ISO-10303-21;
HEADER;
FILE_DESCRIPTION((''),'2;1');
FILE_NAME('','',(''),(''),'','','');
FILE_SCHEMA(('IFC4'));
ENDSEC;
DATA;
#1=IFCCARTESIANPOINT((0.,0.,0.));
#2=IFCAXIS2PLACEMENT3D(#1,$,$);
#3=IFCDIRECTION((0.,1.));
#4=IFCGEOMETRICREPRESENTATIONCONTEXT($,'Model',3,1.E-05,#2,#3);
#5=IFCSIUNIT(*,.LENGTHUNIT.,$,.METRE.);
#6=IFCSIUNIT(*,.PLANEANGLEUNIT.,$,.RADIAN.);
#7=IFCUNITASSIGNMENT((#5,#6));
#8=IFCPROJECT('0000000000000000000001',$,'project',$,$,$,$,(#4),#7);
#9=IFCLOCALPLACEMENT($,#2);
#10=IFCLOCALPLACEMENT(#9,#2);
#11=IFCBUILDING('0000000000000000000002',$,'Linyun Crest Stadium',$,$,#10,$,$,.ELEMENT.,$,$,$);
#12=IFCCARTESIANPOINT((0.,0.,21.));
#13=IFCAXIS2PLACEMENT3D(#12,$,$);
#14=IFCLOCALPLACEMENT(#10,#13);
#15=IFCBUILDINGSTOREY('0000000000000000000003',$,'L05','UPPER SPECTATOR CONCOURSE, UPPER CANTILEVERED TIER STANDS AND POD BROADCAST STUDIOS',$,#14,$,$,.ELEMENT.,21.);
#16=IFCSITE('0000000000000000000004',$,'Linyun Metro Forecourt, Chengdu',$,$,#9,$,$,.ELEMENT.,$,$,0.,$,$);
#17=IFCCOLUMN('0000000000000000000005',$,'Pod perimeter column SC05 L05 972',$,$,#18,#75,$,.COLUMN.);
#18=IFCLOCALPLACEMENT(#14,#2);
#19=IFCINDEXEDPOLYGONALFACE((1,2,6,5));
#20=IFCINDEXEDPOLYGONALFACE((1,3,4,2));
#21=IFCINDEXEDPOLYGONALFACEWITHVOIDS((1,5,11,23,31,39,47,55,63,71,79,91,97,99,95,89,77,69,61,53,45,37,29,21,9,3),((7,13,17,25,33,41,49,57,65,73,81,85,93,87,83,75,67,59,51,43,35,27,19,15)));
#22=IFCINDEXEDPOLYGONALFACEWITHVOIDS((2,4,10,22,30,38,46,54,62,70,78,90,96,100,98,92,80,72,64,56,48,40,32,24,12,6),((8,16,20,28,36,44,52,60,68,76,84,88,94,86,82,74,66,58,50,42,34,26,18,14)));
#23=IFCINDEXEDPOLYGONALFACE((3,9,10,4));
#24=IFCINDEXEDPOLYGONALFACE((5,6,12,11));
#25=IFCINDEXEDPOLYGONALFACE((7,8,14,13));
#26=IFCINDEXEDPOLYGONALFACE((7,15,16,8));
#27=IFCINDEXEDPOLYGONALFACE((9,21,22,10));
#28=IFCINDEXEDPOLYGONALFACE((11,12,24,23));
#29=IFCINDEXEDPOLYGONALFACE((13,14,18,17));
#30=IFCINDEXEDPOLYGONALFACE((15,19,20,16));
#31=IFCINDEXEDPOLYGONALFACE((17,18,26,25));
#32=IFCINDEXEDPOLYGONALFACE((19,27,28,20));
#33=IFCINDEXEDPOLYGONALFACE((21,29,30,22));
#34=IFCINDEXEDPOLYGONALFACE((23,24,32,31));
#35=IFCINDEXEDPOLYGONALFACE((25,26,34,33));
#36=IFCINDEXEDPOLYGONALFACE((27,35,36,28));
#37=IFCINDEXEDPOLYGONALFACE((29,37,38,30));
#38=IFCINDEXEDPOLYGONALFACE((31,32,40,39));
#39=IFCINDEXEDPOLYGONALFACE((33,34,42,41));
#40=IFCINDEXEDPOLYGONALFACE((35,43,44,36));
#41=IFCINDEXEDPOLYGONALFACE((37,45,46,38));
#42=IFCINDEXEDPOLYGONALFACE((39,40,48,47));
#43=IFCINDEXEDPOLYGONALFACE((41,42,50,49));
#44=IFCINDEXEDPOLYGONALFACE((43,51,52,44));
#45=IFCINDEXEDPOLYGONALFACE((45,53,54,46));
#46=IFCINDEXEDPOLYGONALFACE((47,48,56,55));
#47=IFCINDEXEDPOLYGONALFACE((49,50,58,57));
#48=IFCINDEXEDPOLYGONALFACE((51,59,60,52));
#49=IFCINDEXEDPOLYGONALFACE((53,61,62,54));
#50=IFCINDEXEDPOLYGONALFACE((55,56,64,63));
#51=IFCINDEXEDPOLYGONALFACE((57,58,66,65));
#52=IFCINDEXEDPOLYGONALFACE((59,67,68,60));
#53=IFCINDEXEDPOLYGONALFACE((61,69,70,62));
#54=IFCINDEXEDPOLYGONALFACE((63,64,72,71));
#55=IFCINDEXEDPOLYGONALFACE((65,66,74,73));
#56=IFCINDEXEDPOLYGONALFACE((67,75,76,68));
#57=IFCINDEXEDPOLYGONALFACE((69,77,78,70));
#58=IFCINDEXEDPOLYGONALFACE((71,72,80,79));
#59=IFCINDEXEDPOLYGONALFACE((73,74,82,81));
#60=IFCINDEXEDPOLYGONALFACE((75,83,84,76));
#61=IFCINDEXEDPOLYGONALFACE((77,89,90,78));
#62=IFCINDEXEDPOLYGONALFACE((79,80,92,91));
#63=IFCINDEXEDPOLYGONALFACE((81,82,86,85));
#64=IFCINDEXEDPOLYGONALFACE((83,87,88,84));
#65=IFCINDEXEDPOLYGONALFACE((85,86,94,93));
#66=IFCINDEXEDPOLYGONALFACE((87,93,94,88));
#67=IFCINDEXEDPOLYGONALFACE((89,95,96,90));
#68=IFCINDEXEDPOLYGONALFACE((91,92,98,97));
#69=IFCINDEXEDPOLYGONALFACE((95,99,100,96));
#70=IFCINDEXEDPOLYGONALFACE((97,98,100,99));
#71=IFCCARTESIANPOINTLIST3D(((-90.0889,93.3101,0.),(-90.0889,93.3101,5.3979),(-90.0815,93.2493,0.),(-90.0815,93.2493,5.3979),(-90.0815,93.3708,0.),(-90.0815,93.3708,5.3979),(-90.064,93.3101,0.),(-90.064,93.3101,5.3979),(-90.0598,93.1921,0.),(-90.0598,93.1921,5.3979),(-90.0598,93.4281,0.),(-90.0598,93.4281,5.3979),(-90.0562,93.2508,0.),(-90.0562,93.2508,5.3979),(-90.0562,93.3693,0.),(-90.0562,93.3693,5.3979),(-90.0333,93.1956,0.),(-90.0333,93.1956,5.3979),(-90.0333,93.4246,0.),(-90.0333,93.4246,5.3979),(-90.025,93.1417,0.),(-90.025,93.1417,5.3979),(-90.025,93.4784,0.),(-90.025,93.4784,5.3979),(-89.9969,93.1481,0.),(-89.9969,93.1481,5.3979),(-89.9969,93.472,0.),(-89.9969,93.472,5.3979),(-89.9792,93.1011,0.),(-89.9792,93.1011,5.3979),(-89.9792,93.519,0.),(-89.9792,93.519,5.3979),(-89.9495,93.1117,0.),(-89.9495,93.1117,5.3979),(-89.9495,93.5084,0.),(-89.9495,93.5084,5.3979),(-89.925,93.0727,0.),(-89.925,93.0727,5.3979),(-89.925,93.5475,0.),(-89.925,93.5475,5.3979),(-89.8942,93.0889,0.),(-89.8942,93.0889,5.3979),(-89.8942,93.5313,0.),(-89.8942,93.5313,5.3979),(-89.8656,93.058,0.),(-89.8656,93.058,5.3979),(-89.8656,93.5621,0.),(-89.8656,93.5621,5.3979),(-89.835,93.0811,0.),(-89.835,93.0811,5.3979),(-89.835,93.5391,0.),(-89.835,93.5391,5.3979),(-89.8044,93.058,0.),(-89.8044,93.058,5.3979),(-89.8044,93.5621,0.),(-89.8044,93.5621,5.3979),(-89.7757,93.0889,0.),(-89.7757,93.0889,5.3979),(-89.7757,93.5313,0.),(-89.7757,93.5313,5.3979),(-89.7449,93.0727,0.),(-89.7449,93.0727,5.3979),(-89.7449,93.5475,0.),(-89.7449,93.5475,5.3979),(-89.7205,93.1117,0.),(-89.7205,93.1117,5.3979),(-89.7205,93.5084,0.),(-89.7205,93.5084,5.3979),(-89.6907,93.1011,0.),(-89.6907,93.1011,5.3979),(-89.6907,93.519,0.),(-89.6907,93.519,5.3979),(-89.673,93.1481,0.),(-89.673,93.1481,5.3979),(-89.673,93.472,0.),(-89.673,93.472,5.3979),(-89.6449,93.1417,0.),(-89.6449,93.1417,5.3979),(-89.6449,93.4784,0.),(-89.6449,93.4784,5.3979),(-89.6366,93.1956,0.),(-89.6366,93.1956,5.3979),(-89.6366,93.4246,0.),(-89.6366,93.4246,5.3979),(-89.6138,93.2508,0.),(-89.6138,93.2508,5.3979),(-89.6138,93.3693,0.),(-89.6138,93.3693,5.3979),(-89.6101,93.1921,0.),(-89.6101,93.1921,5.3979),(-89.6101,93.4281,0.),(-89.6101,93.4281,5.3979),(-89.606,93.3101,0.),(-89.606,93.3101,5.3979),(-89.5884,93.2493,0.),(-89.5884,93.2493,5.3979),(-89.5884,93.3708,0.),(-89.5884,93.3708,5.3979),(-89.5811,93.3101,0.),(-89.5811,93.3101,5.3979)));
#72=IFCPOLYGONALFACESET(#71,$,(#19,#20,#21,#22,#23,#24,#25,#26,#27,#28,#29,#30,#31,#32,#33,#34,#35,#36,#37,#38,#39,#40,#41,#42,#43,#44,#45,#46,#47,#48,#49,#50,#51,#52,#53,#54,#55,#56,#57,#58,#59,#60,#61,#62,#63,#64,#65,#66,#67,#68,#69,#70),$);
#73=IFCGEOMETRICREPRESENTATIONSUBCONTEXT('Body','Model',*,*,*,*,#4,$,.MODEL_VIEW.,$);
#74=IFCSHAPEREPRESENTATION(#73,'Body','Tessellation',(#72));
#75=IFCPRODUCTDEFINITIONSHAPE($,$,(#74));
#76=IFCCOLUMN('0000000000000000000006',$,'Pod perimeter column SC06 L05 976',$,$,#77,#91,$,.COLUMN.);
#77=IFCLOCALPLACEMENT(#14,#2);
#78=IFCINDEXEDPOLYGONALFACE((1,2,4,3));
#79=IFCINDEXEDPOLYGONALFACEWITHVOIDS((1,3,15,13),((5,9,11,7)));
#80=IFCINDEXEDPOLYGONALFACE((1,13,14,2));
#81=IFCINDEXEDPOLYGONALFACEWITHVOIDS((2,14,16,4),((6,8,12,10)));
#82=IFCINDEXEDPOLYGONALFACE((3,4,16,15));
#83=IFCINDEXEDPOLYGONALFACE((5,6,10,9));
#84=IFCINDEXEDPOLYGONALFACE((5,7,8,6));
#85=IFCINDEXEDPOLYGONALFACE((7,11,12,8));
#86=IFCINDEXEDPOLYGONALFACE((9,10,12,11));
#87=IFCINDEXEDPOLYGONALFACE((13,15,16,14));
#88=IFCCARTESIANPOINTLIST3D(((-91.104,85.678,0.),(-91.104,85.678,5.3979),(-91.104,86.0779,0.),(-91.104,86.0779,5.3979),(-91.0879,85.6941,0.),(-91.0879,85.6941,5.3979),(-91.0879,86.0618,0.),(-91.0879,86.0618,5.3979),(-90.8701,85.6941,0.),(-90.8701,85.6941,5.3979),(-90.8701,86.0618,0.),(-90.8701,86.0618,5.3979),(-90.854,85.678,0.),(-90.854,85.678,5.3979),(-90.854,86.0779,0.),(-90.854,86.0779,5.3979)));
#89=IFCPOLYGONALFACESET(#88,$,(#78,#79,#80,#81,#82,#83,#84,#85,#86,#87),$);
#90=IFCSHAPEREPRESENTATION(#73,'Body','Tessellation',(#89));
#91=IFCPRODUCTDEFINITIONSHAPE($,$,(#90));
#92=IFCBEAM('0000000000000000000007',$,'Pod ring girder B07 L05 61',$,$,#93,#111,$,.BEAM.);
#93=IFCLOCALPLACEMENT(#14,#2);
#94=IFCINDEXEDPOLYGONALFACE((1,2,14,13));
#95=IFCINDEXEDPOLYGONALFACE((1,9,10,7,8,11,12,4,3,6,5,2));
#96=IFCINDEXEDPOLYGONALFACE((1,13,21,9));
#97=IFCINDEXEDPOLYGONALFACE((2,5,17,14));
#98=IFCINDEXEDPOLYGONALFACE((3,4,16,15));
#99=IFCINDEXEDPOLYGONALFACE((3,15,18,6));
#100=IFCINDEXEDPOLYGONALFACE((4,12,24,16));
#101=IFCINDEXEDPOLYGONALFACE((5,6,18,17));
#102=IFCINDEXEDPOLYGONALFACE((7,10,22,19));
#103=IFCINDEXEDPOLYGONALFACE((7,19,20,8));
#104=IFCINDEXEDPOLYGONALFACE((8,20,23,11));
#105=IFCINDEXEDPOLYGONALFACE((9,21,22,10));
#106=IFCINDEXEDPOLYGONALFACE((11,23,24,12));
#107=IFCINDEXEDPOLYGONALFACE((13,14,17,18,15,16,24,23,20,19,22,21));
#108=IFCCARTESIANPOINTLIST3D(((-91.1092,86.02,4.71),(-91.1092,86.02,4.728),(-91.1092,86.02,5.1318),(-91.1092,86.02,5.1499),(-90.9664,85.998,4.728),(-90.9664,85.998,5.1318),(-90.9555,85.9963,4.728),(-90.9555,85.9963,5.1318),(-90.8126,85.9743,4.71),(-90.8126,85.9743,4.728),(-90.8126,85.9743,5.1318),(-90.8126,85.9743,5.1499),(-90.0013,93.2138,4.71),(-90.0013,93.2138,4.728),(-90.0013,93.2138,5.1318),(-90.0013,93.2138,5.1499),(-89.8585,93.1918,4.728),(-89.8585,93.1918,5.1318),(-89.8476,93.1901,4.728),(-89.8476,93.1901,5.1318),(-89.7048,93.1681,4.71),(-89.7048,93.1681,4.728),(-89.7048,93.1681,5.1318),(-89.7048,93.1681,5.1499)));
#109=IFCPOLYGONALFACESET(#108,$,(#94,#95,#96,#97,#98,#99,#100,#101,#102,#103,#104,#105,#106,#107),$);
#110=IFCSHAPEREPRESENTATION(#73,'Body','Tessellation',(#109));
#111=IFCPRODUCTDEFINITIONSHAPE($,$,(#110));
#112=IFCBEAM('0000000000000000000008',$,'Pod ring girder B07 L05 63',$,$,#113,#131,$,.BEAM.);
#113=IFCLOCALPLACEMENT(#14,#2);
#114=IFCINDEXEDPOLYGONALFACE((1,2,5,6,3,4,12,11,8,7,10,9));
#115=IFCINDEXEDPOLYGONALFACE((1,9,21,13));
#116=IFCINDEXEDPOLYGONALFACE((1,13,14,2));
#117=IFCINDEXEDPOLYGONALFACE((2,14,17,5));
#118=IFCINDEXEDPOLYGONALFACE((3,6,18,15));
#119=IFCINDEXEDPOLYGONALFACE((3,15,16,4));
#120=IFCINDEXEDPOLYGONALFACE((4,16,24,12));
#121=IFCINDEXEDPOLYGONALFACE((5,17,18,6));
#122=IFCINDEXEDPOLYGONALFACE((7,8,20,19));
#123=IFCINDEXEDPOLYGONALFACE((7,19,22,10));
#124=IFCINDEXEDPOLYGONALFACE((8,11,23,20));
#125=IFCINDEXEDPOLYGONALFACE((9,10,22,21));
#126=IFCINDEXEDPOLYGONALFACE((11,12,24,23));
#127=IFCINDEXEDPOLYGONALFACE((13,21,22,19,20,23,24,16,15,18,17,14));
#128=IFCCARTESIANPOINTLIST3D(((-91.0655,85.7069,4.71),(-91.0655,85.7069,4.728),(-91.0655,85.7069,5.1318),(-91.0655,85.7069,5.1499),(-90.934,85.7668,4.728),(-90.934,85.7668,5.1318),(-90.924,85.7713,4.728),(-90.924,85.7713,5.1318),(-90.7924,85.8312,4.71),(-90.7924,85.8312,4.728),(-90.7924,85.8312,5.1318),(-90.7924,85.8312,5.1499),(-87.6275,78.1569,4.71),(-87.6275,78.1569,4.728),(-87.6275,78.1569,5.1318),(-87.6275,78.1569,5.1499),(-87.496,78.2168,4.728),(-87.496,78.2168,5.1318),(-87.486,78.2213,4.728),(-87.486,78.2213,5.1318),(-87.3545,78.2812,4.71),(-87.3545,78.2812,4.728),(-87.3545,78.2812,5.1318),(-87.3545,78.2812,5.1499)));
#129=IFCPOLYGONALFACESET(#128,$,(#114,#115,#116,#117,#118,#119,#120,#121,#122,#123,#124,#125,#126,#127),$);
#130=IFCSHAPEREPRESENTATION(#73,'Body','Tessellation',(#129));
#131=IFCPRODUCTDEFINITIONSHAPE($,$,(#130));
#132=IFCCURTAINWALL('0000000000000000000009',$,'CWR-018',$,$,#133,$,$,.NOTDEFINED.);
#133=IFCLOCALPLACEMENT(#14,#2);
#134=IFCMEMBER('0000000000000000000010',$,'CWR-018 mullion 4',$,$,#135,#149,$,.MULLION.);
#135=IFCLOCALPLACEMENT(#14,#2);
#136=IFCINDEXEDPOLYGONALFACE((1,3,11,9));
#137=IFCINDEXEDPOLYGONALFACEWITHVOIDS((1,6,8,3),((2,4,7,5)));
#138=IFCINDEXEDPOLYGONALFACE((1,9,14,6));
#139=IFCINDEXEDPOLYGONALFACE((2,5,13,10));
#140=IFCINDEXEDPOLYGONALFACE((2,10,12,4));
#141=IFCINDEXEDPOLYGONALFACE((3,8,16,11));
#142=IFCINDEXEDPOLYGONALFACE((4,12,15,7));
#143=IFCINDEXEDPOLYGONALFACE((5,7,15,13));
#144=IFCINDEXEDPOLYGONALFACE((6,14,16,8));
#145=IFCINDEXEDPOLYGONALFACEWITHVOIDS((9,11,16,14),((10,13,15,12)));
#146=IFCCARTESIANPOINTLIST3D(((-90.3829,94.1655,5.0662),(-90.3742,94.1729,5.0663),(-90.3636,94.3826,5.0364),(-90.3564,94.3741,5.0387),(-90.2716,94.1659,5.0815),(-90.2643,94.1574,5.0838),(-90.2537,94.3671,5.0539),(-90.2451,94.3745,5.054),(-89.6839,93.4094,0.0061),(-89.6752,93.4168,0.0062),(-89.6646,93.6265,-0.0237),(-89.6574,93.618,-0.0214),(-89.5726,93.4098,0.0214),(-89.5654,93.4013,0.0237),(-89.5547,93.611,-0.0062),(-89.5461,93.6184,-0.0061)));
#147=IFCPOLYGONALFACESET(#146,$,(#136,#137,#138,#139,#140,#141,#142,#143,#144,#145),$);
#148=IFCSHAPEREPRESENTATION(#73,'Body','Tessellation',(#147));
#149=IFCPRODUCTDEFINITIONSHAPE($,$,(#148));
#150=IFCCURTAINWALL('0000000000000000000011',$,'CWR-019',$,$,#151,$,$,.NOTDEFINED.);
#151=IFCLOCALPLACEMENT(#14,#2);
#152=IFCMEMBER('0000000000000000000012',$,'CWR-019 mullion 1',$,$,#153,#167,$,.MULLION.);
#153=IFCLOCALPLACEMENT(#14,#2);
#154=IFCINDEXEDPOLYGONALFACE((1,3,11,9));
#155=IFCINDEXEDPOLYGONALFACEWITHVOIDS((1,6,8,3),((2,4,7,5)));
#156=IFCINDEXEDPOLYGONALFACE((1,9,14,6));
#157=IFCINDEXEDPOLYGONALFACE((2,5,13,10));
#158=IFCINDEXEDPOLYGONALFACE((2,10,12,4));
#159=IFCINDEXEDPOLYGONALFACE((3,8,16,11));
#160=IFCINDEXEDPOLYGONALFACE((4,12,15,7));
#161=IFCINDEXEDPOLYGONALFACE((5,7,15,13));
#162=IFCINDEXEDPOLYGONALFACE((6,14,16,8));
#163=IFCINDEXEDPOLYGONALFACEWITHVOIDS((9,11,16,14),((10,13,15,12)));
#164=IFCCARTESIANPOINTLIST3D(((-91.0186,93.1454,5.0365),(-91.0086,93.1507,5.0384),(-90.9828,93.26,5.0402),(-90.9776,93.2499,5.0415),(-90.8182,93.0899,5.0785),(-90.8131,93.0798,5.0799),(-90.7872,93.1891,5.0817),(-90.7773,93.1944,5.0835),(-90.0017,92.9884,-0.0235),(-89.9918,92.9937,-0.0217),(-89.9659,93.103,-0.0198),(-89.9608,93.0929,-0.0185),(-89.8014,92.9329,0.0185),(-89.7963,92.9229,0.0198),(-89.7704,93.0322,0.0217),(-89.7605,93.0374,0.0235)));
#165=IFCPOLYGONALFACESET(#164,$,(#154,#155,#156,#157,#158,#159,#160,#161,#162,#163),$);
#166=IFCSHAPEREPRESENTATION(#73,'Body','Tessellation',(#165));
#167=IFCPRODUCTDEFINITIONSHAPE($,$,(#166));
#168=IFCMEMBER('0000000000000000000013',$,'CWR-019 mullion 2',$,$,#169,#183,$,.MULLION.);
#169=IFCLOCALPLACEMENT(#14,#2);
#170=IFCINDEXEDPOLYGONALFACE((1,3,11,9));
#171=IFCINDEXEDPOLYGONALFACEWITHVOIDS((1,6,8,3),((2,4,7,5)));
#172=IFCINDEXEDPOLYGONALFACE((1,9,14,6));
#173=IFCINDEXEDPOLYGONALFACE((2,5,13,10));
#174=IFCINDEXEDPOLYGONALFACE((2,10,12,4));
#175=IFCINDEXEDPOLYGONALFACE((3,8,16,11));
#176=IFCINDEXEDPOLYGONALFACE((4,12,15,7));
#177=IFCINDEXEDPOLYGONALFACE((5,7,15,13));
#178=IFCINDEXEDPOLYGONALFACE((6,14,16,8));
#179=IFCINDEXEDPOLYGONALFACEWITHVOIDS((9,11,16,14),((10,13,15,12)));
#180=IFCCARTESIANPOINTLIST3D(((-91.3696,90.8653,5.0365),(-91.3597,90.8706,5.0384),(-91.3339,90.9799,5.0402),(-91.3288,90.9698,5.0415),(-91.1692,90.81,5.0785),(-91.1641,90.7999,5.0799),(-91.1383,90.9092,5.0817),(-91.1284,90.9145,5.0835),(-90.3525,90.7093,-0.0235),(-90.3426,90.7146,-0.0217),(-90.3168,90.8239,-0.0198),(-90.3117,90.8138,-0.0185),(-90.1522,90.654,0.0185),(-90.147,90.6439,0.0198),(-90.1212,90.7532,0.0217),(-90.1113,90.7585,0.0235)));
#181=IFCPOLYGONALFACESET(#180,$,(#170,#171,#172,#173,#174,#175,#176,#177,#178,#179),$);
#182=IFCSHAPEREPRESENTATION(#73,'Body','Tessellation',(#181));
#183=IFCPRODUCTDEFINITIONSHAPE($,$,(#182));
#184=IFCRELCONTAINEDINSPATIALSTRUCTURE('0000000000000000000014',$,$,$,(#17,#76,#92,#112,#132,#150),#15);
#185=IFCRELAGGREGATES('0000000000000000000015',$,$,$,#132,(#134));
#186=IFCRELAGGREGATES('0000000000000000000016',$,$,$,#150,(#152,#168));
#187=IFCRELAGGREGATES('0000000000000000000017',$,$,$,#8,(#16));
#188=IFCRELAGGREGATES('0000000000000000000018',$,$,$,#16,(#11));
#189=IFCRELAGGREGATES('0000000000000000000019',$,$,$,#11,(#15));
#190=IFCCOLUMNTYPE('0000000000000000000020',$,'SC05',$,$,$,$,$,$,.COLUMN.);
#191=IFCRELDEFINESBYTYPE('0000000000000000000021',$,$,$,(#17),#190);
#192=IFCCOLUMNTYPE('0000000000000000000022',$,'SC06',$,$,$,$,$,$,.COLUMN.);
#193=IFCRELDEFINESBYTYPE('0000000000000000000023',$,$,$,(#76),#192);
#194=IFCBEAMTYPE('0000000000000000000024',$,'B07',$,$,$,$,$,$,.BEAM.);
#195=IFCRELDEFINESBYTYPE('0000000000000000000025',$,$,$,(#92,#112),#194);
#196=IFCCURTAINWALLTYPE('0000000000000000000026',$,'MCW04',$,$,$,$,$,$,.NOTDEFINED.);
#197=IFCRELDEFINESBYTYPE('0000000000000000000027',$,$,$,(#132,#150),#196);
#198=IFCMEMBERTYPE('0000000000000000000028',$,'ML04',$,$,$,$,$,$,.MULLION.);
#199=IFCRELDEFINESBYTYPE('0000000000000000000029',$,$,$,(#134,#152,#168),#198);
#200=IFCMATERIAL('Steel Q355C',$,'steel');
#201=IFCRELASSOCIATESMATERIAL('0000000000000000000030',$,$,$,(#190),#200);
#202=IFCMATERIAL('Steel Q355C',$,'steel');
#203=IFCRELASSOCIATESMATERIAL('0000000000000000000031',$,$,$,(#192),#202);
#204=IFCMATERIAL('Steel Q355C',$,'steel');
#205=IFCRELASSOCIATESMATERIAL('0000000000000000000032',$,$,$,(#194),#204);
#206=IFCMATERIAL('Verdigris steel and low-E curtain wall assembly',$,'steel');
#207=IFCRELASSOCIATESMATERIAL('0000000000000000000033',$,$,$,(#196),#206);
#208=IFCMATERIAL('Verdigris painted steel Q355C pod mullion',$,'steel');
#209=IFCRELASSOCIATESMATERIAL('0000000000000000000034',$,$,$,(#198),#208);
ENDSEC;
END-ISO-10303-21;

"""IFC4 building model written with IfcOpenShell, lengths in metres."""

from ifc_helpers import new_model, si_unit, direction, frame, origin, origin_2d, place, context, subcontext, project, spatial, hollow_rectangle, hollow_circle, i_section, extrude, material, material_profile, profile_set, type_object, element, aggregate, save


model = new_model("IFC4")

# Units and contexts
model_context = context("Model", 3, precision=1e-05, world=origin(), true_north=direction((0.0, 1.0)))
body_context = subcontext(model_context, "Body", "Model", "MODEL_VIEW")
ifc_project = project(units=[si_unit("LENGTHUNIT", "METRE"), si_unit("PLANEANGLEUNIT", "RADIAN")], contexts=[model_context])

# Site, building, storey
site_placement = place(None, origin())
site = spatial("IfcSite", under=ifc_project, at=site_placement, Name="Linyun Metro Forecourt, Chengdu", CompositionType="ELEMENT", RefElevation=0.0)
building_placement = place(site_placement, origin())
building = spatial("IfcBuilding", under=site, at=building_placement, Name="Linyun Crest Stadium", CompositionType="ELEMENT")
storey_placement = place(building_placement, frame((0.0, 0.0, 21.0)))
storey = spatial("IfcBuildingStorey", under=building, at=storey_placement, Name="L05", Description="UPPER SPECTATOR CONCOURSE, UPPER CANTILEVERED TIER STANDS AND POD BROADCAST STUDIOS", CompositionType="ELEMENT", Elevation=21.0)

# Columns
ifc_material_1 = material(Name="Steel Q355C", Category="steel")
ifc_material_profile_1 = material_profile(ifc_material_1, hollow_circle(Radius=0.2539, WallThickness=0.0249, at=origin_2d()), Name="CHS 508x25")
ifc_profile_set_1 = profile_set([ifc_material_profile_1], Name="Steel Q355C")
column_type_1 = type_object("IfcColumnType", Name="SC05", PredefinedType="COLUMN", material=ifc_profile_set_1)
column_1_placement = place(storey_placement, frame((-89.835, 93.3101, 0.0), z_axis=(0.0, 0.0, 1.0), x_axis=(1.0, 0.0, 0.0)))
element("IfcColumn", 1, at=column_1_placement, inside=storey, type_object=column_type_1, Name="Pod perimeter column SC05 L05 972", PredefinedType="COLUMN", context=body_context, shape_type="SweptSolid", body=[
    extrude(hollow_circle(Radius=0.2539, WallThickness=0.0249, at=origin_2d()), origin(), (0.0, 0.0, 1.0), 5.3979),
])
ifc_material_2 = material(Name="Steel Q355C", Category="steel")
ifc_material_profile_2 = material_profile(ifc_material_2, hollow_rectangle(XDim=0.25, YDim=0.3999, WallThickness=0.0161, at=origin_2d()), Name="RHS 400x250x16")
ifc_profile_set_2 = profile_set([ifc_material_profile_2], Name="Steel Q355C")
column_type_2 = type_object("IfcColumnType", Name="SC06", PredefinedType="COLUMN", material=ifc_profile_set_2)
column_2_placement = place(storey_placement, frame((-90.979, 85.8779, 0.0), z_axis=(0.0, 0.0, 1.0), x_axis=(1.0, 0.0, 0.0)))
element("IfcColumn", 2, at=column_2_placement, inside=storey, type_object=column_type_2, Name="Pod perimeter column SC06 L05 976", PredefinedType="COLUMN", context=body_context, shape_type="SweptSolid", body=[
    extrude(hollow_rectangle(XDim=0.25, YDim=0.3999, WallThickness=0.0161, at=origin_2d()), origin(), (0.0, 0.0, 1.0), 5.3979),
])

# Beams
ifc_material_3 = material(Name="Steel Q355C", Category="steel")
ifc_material_profile_3 = material_profile(ifc_material_3, i_section(OverallWidth=0.3, OverallDepth=0.4399, WebThickness=0.011, FlangeThickness=0.0181, at=origin_2d()), Name="HM 440x300")
ifc_profile_set_3 = profile_set([ifc_material_profile_3], Name="Steel Q355C")
beam_type = type_object("IfcBeamType", Name="B07", PredefinedType="BEAM", material=ifc_profile_set_3)
beam_1_placement = place(storey_placement, frame((-89.853, 93.1909, 4.9299), z_axis=(-0.152213, -0.988348, 0.0), x_axis=(0.988348, -0.152213, 0.0)))
element("IfcBeam", 3, at=beam_1_placement, inside=storey, type_object=beam_type, Name="Pod ring girder B07 L05 61", PredefinedType="BEAM", context=body_context, shape_type="SweptSolid", body=[
    extrude(i_section(OverallWidth=0.3, OverallDepth=0.4399, WebThickness=0.011, FlangeThickness=0.0181, at=origin_2d()), origin(), (0.0, 0.0, 1.0), 7.2786),
])
beam_2_placement = place(storey_placement, frame((-90.929, 85.769, 4.9299), z_axis=(0.414417, -0.910087, 0.0), x_axis=(0.910087, 0.414417, 0.0)))
element("IfcBeam", 4, at=beam_2_placement, inside=storey, type_object=beam_type, Name="Pod ring girder B07 L05 63", PredefinedType="BEAM", context=body_context, shape_type="SweptSolid", body=[
    extrude(i_section(OverallWidth=0.3, OverallDepth=0.4399, WebThickness=0.011, FlangeThickness=0.0181, at=origin_2d()), origin(), (0.0, 0.0, 1.0), 8.2959),
])

# Curtain wall, member
ifc_material_4 = material(Name="Verdigris steel and low-E curtain wall assembly", Category="steel")
curtain_wall_type = type_object("IfcCurtainWallType", Name="MCW04", PredefinedType="NOTDEFINED", material=ifc_material_4)
curtain_wall_1_placement = place(storey_placement, origin())
curtain_wall_1 = element("IfcCurtainWall", 5, at=curtain_wall_1_placement, inside=storey, type_object=curtain_wall_type, Name="CWR-018", PredefinedType="NOTDEFINED")
ifc_material_5 = material(Name="Verdigris painted steel Q355C pod mullion", Category="steel")
ifc_material_profile_4 = material_profile(ifc_material_5, hollow_rectangle(XDim=0.1201, YDim=0.22, WallThickness=0.0081, at=origin_2d()), Name="RHS 220x120x8")
ifc_profile_set_4 = profile_set([ifc_material_profile_4], Name="Verdigris painted steel Q355C pod mullion")
member_type_1 = type_object("IfcMemberType", Name="ML04", PredefinedType="MULLION", material=ifc_profile_set_4)
member_1_placement = place(storey_placement, frame((-89.615, 93.5139, 0.0), z_axis=(-0.135361, 0.146425, 0.979917), x_axis=(-0.986909, 0.067602, -0.146429)))
member_1 = element("IfcMember", 6, at=member_1_placement, type_object=member_type_1, Name="CWR-018 mullion 4", PredefinedType="MULLION", context=body_context, shape_type="SweptSolid", body=[
    extrude(hollow_rectangle(XDim=0.1201, YDim=0.22, WallThickness=0.0081, at=origin_2d()), origin(), (0.0, 0.0, 1.0), 5.1638),
])
aggregate(curtain_wall_1, [member_1])

# Curtain wall, members
curtain_wall_2_placement = place(storey_placement, origin())
curtain_wall_2 = element("IfcCurtainWall", 7, at=curtain_wall_2_placement, inside=storey, type_object=curtain_wall_type, Name="CWR-019", PredefinedType="NOTDEFINED")
member_2_placement = place(storey_placement, frame((-89.8811, 93.0129, 0.0), z_axis=(-0.196926, 0.030402, 0.979947), x_axis=(-0.298126, -0.954045, -0.030312)))
member_2 = element("IfcMember", 8, at=member_2_placement, type_object=member_type_1, Name="CWR-019 mullion 1", PredefinedType="MULLION", context=body_context, shape_type="SweptSolid", body=[
    extrude(hollow_rectangle(XDim=0.1201, YDim=0.22, WallThickness=0.0081, at=origin_2d()), origin(), (0.0, 0.0, 1.0), 5.1636),
])
member_3_placement = place(storey_placement, frame((-90.2319, 90.7339, 0.0), z_axis=(-0.196972, 0.030212, 0.979943), x_axis=(-0.297196, -0.954335, -0.030314)))
member_3 = element("IfcMember", 9, at=member_3_placement, type_object=member_type_1, Name="CWR-019 mullion 2", PredefinedType="MULLION", context=body_context, shape_type="SweptSolid", body=[
    extrude(hollow_rectangle(XDim=0.1201, YDim=0.22, WallThickness=0.0081, at=origin_2d()), origin(), (0.0, 0.0, 1.0), 5.1636),
])
aggregate(curtain_wall_2, [member_2, member_3])

save(model, "model.ifc")
